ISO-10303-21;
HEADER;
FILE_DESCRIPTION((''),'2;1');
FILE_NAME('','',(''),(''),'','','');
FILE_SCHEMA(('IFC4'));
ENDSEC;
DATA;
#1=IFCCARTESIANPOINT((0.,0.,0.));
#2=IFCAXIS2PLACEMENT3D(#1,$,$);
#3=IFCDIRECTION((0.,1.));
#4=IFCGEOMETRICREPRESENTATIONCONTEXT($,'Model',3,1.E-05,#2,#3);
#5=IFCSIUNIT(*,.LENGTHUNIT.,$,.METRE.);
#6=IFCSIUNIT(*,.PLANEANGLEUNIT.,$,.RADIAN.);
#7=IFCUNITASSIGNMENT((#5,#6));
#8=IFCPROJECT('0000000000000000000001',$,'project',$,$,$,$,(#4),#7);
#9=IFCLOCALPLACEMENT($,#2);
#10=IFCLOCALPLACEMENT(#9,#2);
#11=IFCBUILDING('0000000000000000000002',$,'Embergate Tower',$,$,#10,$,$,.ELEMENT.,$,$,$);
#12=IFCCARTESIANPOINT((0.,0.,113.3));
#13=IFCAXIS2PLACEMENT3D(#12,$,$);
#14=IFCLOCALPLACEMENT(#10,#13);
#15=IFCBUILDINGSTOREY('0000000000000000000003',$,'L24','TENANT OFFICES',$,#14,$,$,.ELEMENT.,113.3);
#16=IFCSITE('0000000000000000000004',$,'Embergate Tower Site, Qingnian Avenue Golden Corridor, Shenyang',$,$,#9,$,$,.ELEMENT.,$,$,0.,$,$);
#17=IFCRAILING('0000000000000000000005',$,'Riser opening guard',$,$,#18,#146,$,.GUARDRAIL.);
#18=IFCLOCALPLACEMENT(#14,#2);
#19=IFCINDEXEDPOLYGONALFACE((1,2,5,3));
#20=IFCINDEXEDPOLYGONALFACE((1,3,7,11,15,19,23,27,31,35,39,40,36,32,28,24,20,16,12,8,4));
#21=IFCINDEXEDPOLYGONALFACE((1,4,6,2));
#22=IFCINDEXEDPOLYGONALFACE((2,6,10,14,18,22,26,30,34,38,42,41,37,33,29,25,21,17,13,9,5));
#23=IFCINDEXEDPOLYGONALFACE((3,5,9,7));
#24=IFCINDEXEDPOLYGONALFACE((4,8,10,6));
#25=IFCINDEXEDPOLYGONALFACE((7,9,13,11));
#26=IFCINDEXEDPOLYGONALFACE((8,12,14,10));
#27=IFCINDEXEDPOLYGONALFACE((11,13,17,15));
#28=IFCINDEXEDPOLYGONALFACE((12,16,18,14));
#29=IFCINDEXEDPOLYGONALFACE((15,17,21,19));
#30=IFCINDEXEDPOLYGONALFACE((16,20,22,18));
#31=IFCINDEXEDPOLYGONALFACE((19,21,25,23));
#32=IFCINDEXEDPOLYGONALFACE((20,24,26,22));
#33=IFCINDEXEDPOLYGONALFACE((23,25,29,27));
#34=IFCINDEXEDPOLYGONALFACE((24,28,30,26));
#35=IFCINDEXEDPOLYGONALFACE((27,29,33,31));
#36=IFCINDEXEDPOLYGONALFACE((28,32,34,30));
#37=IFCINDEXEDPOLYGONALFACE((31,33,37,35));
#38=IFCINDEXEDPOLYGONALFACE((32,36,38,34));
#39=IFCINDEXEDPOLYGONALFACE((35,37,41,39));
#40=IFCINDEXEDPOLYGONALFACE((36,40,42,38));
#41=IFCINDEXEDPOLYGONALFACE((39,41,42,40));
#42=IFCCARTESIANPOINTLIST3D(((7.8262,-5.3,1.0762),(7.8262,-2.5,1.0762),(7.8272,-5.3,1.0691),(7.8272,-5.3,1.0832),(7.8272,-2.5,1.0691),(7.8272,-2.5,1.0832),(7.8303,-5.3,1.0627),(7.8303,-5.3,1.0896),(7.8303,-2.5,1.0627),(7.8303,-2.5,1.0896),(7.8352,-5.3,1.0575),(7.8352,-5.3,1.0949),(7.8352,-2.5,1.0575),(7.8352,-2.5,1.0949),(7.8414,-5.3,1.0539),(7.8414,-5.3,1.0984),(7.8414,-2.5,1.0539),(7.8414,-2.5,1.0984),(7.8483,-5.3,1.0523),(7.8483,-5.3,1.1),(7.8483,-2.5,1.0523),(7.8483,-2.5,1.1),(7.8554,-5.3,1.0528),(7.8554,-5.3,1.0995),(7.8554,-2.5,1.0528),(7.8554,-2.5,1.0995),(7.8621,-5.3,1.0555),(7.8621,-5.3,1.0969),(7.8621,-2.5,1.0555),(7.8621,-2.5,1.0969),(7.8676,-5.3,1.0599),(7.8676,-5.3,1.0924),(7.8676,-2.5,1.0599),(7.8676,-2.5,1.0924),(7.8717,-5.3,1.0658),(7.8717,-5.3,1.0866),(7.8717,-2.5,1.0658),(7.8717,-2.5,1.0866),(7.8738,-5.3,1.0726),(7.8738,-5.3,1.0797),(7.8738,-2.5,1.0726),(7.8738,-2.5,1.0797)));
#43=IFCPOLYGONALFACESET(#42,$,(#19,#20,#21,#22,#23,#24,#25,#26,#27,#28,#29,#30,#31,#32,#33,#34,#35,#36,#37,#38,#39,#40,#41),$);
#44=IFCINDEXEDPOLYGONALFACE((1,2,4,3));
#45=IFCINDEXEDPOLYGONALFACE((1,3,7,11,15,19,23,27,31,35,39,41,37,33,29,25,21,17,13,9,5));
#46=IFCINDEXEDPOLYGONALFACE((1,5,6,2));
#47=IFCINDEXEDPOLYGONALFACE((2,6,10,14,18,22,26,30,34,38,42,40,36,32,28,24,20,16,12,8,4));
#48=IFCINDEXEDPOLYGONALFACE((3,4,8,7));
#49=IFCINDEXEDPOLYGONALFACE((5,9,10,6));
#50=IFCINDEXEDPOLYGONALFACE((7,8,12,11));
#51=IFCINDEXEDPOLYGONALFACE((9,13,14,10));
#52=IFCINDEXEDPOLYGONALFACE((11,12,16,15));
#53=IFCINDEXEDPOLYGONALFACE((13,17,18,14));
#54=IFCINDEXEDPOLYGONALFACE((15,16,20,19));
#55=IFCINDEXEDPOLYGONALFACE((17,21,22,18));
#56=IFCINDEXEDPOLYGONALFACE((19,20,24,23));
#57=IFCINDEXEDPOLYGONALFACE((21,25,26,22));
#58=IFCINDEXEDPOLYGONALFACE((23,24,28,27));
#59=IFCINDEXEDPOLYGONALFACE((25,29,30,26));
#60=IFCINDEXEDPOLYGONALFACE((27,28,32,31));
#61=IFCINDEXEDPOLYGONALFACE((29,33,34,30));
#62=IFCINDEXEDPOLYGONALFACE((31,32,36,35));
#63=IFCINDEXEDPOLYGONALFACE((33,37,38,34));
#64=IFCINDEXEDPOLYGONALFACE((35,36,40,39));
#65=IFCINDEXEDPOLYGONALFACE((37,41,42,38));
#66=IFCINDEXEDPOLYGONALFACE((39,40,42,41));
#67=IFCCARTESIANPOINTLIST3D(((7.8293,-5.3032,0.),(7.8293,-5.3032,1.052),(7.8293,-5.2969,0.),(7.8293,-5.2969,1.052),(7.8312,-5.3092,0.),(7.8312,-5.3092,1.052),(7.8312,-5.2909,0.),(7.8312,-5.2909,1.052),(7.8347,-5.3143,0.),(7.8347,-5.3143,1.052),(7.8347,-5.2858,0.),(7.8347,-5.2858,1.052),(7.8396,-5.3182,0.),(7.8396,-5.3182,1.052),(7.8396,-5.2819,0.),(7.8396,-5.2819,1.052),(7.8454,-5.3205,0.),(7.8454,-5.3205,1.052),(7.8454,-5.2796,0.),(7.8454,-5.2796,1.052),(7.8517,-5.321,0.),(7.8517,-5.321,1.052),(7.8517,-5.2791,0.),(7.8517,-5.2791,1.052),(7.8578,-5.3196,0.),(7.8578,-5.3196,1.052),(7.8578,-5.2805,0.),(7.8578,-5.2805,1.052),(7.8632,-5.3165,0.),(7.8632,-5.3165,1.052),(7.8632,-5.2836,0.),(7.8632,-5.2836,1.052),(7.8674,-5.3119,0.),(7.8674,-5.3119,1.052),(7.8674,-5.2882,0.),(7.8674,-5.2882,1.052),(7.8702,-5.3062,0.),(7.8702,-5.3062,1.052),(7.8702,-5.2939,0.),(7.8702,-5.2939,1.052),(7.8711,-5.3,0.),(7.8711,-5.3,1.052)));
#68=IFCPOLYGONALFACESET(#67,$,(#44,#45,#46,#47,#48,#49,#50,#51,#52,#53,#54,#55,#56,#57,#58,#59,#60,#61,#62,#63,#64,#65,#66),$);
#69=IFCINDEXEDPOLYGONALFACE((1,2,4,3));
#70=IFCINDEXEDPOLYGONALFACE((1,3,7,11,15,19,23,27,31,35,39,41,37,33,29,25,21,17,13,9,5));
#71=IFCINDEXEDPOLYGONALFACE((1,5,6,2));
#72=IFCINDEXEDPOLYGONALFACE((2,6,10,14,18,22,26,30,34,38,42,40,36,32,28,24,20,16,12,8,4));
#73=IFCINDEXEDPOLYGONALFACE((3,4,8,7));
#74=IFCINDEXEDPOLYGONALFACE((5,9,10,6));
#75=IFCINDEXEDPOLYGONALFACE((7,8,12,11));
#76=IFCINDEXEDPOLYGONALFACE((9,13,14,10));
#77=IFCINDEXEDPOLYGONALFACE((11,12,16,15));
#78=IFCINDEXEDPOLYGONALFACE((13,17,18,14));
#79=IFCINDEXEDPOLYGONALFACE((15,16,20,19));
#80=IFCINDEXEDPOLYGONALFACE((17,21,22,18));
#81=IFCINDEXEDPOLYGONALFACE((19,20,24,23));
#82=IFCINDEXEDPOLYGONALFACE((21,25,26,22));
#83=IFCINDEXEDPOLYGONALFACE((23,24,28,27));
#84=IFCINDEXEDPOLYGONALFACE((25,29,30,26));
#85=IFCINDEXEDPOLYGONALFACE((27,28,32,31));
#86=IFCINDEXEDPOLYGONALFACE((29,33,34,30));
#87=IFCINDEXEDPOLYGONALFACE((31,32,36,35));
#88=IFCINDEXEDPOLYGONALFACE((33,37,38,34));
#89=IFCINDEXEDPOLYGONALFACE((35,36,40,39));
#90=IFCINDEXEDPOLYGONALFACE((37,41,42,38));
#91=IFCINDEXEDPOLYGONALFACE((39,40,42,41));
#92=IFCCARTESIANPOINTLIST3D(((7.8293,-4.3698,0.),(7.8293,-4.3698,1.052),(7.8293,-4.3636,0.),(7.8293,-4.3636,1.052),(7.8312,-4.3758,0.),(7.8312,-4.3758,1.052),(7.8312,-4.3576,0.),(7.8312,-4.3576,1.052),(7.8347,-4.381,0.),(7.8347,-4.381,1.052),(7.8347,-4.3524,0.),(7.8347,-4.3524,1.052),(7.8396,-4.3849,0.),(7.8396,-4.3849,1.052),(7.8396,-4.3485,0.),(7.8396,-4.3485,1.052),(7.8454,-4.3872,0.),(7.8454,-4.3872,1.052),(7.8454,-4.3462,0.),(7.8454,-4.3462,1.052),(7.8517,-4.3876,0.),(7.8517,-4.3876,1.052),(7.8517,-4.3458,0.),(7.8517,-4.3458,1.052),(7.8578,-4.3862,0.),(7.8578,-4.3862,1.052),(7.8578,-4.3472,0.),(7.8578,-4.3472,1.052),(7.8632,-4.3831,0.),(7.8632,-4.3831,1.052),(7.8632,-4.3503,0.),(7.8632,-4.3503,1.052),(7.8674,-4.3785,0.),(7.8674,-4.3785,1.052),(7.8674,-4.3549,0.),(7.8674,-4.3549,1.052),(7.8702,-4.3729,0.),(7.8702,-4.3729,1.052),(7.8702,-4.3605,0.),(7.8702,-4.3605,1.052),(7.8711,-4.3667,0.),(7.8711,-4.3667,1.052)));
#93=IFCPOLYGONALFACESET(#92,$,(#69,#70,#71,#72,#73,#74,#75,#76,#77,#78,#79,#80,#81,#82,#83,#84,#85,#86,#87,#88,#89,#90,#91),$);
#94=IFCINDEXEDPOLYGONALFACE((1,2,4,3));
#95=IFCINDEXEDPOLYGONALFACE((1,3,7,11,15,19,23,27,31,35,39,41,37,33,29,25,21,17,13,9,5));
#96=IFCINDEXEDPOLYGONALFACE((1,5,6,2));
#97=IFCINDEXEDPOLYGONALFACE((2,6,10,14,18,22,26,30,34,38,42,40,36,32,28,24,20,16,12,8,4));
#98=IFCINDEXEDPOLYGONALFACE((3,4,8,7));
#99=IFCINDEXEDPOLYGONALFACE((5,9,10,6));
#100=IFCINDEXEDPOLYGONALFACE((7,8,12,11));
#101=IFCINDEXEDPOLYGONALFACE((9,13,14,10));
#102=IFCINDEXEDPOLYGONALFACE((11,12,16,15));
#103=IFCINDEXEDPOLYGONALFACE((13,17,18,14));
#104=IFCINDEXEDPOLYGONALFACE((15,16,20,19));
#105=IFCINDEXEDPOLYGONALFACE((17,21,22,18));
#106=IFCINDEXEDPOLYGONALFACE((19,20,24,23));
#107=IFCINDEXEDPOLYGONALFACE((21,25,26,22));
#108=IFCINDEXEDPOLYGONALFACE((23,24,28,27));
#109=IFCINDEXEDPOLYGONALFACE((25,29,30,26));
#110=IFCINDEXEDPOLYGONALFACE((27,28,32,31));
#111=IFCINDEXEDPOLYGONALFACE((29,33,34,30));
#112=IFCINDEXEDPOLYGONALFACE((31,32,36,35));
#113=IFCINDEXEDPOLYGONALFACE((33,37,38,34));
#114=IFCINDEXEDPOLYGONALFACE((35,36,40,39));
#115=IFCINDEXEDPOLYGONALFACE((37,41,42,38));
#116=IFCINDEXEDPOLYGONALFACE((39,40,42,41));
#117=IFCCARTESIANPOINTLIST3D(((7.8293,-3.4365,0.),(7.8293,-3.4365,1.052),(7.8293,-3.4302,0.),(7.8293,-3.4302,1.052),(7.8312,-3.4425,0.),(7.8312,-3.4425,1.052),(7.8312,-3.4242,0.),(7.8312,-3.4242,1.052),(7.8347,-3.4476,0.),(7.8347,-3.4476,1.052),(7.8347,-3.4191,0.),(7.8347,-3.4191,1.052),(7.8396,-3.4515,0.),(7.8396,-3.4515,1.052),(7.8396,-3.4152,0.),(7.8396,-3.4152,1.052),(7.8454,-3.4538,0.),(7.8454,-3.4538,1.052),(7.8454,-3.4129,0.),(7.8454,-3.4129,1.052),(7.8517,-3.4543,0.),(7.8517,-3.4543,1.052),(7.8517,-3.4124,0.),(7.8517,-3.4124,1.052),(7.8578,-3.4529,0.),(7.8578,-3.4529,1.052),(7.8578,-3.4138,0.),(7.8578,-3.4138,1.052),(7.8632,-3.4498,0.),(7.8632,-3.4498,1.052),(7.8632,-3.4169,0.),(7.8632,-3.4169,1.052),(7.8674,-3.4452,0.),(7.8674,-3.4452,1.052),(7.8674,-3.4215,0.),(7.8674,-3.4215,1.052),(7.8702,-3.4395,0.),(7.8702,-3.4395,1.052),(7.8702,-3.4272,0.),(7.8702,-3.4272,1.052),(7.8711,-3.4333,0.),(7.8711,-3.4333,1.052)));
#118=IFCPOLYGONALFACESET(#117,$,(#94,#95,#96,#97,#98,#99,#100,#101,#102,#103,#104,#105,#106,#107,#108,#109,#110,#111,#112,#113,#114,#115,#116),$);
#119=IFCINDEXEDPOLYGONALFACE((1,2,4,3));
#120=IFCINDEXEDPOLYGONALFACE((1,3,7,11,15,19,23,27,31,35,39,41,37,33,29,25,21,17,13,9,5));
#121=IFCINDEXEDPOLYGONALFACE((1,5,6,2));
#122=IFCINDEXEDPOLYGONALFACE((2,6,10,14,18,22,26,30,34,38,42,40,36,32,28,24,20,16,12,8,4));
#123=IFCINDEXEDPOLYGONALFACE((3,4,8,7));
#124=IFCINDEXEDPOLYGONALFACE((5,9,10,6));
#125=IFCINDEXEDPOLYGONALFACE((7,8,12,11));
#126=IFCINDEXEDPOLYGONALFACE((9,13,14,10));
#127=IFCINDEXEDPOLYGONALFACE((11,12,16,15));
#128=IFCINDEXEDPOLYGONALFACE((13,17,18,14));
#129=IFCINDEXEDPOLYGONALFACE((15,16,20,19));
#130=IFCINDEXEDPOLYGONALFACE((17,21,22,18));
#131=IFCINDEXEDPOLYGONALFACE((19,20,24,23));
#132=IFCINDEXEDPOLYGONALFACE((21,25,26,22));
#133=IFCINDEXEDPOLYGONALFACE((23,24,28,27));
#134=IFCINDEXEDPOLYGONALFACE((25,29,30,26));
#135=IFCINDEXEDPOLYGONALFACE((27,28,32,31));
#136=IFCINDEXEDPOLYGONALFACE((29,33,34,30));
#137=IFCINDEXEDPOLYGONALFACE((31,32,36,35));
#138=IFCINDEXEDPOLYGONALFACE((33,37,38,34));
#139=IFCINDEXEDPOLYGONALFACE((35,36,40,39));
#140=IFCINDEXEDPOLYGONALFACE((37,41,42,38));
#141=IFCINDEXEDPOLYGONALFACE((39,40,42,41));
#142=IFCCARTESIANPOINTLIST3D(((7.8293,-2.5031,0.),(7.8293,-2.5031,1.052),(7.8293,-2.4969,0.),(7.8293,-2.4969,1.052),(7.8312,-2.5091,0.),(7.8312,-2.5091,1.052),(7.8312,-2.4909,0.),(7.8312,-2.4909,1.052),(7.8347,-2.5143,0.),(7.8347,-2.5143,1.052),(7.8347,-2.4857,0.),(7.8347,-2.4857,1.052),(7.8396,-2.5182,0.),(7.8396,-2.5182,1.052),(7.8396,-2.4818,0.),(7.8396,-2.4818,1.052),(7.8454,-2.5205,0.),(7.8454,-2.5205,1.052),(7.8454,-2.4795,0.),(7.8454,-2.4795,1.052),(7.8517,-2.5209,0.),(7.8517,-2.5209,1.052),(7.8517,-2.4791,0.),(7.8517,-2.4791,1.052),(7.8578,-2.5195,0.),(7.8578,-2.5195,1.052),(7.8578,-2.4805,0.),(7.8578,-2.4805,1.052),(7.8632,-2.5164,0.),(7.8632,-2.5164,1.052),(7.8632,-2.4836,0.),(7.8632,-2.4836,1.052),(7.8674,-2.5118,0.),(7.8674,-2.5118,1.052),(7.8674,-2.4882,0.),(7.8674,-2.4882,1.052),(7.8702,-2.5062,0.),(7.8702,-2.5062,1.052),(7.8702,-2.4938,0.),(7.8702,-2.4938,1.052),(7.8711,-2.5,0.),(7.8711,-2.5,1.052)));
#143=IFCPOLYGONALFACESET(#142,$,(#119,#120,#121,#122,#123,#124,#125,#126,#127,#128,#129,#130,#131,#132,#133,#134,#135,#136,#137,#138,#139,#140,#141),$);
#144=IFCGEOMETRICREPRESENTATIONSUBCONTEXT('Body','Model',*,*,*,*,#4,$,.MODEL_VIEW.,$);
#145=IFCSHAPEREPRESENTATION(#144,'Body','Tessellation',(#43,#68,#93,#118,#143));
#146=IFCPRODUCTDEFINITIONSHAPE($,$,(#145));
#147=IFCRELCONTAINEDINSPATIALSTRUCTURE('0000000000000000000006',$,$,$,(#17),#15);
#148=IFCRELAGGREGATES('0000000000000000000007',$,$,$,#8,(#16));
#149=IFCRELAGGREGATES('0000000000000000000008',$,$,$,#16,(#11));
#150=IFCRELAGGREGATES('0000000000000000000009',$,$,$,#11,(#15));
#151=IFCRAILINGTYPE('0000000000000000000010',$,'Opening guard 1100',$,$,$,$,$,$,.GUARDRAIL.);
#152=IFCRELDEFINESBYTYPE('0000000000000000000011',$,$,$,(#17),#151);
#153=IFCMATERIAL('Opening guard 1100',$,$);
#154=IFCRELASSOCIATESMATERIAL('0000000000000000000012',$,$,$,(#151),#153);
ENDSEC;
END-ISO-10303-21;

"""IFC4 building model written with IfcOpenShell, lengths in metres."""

from ifc_helpers import new_model, si_unit, direction, frame, origin, origin_2d, place, context, subcontext, project, spatial, circle, extrude, source, transform, mapped, material, type_object, element, save


model = new_model("IFC4")

# Units and contexts
model_context = context("Model", 3, precision=1e-05, world=origin(), true_north=direction((0.0, 1.0)))
body_context = subcontext(model_context, "Body", "Model", "MODEL_VIEW")
ifc_project = project(units=[si_unit("LENGTHUNIT", "METRE"), si_unit("PLANEANGLEUNIT", "RADIAN")], contexts=[model_context])

# Site, building, storey
site_placement = place(None, origin())
site = spatial("IfcSite", under=ifc_project, at=site_placement, Name="Embergate Tower Site, Qingnian Avenue Golden Corridor, Shenyang", CompositionType="ELEMENT", RefElevation=0.0)
building_placement = place(site_placement, origin())
building = spatial("IfcBuilding", under=site, at=building_placement, Name="Embergate Tower", CompositionType="ELEMENT")
storey_placement = place(building_placement, frame((0.0, 0.0, 113.3)))
storey = spatial("IfcBuildingStorey", under=building, at=storey_placement, Name="L24", Description="TENANT OFFICES", CompositionType="ELEMENT", Elevation=113.3)

# Railing
ifc_material_1 = material(Name="Opening guard 1100")
railing_type = type_object("IfcRailingType", Name="Opening guard 1100", PredefinedType="GUARDRAIL", material=ifc_material_1)
shared_shape_1 = source(origin(), body_context, "Body", "SweptSolid", [
    extrude(circle(Radius=0.0239, at=origin_2d()), frame((0.0, 0.0, 1.0762), z_axis=(0.0, 1.0, 0.0), x_axis=(-1.0, 0.0, 0.0)), (0.0, 0.0, 1.0), 2.8),
    extrude(circle(Radius=0.021, at=origin_2d()), origin(), (0.0, 0.0, 1.0), 1.052),
    extrude(circle(Radius=0.021, at=origin_2d()), frame((0.0, 0.9333, 0.0)), (0.0, 0.0, 1.0), 1.052),
    extrude(circle(Radius=0.021, at=origin_2d()), frame((0.0, 1.8667, 0.0)), (0.0, 0.0, 1.0), 1.052),
    extrude(circle(Radius=0.021, at=origin_2d()), frame((0.0, 2.8, 0.0)), (0.0, 0.0, 1.0), 1.052),
])
railing_placement = place(storey_placement, frame((7.8501, -5.3, 0.0)))
element("IfcRailing", 1, at=railing_placement, inside=storey, type_object=railing_type, Name="Riser opening guard", PredefinedType="GUARDRAIL", context=body_context, shape_type="MappedRepresentation", body=[
    mapped(shared_shape_1, transform((0.0, 0.0, 0.0))),
])

save(model, "model.ifc")
